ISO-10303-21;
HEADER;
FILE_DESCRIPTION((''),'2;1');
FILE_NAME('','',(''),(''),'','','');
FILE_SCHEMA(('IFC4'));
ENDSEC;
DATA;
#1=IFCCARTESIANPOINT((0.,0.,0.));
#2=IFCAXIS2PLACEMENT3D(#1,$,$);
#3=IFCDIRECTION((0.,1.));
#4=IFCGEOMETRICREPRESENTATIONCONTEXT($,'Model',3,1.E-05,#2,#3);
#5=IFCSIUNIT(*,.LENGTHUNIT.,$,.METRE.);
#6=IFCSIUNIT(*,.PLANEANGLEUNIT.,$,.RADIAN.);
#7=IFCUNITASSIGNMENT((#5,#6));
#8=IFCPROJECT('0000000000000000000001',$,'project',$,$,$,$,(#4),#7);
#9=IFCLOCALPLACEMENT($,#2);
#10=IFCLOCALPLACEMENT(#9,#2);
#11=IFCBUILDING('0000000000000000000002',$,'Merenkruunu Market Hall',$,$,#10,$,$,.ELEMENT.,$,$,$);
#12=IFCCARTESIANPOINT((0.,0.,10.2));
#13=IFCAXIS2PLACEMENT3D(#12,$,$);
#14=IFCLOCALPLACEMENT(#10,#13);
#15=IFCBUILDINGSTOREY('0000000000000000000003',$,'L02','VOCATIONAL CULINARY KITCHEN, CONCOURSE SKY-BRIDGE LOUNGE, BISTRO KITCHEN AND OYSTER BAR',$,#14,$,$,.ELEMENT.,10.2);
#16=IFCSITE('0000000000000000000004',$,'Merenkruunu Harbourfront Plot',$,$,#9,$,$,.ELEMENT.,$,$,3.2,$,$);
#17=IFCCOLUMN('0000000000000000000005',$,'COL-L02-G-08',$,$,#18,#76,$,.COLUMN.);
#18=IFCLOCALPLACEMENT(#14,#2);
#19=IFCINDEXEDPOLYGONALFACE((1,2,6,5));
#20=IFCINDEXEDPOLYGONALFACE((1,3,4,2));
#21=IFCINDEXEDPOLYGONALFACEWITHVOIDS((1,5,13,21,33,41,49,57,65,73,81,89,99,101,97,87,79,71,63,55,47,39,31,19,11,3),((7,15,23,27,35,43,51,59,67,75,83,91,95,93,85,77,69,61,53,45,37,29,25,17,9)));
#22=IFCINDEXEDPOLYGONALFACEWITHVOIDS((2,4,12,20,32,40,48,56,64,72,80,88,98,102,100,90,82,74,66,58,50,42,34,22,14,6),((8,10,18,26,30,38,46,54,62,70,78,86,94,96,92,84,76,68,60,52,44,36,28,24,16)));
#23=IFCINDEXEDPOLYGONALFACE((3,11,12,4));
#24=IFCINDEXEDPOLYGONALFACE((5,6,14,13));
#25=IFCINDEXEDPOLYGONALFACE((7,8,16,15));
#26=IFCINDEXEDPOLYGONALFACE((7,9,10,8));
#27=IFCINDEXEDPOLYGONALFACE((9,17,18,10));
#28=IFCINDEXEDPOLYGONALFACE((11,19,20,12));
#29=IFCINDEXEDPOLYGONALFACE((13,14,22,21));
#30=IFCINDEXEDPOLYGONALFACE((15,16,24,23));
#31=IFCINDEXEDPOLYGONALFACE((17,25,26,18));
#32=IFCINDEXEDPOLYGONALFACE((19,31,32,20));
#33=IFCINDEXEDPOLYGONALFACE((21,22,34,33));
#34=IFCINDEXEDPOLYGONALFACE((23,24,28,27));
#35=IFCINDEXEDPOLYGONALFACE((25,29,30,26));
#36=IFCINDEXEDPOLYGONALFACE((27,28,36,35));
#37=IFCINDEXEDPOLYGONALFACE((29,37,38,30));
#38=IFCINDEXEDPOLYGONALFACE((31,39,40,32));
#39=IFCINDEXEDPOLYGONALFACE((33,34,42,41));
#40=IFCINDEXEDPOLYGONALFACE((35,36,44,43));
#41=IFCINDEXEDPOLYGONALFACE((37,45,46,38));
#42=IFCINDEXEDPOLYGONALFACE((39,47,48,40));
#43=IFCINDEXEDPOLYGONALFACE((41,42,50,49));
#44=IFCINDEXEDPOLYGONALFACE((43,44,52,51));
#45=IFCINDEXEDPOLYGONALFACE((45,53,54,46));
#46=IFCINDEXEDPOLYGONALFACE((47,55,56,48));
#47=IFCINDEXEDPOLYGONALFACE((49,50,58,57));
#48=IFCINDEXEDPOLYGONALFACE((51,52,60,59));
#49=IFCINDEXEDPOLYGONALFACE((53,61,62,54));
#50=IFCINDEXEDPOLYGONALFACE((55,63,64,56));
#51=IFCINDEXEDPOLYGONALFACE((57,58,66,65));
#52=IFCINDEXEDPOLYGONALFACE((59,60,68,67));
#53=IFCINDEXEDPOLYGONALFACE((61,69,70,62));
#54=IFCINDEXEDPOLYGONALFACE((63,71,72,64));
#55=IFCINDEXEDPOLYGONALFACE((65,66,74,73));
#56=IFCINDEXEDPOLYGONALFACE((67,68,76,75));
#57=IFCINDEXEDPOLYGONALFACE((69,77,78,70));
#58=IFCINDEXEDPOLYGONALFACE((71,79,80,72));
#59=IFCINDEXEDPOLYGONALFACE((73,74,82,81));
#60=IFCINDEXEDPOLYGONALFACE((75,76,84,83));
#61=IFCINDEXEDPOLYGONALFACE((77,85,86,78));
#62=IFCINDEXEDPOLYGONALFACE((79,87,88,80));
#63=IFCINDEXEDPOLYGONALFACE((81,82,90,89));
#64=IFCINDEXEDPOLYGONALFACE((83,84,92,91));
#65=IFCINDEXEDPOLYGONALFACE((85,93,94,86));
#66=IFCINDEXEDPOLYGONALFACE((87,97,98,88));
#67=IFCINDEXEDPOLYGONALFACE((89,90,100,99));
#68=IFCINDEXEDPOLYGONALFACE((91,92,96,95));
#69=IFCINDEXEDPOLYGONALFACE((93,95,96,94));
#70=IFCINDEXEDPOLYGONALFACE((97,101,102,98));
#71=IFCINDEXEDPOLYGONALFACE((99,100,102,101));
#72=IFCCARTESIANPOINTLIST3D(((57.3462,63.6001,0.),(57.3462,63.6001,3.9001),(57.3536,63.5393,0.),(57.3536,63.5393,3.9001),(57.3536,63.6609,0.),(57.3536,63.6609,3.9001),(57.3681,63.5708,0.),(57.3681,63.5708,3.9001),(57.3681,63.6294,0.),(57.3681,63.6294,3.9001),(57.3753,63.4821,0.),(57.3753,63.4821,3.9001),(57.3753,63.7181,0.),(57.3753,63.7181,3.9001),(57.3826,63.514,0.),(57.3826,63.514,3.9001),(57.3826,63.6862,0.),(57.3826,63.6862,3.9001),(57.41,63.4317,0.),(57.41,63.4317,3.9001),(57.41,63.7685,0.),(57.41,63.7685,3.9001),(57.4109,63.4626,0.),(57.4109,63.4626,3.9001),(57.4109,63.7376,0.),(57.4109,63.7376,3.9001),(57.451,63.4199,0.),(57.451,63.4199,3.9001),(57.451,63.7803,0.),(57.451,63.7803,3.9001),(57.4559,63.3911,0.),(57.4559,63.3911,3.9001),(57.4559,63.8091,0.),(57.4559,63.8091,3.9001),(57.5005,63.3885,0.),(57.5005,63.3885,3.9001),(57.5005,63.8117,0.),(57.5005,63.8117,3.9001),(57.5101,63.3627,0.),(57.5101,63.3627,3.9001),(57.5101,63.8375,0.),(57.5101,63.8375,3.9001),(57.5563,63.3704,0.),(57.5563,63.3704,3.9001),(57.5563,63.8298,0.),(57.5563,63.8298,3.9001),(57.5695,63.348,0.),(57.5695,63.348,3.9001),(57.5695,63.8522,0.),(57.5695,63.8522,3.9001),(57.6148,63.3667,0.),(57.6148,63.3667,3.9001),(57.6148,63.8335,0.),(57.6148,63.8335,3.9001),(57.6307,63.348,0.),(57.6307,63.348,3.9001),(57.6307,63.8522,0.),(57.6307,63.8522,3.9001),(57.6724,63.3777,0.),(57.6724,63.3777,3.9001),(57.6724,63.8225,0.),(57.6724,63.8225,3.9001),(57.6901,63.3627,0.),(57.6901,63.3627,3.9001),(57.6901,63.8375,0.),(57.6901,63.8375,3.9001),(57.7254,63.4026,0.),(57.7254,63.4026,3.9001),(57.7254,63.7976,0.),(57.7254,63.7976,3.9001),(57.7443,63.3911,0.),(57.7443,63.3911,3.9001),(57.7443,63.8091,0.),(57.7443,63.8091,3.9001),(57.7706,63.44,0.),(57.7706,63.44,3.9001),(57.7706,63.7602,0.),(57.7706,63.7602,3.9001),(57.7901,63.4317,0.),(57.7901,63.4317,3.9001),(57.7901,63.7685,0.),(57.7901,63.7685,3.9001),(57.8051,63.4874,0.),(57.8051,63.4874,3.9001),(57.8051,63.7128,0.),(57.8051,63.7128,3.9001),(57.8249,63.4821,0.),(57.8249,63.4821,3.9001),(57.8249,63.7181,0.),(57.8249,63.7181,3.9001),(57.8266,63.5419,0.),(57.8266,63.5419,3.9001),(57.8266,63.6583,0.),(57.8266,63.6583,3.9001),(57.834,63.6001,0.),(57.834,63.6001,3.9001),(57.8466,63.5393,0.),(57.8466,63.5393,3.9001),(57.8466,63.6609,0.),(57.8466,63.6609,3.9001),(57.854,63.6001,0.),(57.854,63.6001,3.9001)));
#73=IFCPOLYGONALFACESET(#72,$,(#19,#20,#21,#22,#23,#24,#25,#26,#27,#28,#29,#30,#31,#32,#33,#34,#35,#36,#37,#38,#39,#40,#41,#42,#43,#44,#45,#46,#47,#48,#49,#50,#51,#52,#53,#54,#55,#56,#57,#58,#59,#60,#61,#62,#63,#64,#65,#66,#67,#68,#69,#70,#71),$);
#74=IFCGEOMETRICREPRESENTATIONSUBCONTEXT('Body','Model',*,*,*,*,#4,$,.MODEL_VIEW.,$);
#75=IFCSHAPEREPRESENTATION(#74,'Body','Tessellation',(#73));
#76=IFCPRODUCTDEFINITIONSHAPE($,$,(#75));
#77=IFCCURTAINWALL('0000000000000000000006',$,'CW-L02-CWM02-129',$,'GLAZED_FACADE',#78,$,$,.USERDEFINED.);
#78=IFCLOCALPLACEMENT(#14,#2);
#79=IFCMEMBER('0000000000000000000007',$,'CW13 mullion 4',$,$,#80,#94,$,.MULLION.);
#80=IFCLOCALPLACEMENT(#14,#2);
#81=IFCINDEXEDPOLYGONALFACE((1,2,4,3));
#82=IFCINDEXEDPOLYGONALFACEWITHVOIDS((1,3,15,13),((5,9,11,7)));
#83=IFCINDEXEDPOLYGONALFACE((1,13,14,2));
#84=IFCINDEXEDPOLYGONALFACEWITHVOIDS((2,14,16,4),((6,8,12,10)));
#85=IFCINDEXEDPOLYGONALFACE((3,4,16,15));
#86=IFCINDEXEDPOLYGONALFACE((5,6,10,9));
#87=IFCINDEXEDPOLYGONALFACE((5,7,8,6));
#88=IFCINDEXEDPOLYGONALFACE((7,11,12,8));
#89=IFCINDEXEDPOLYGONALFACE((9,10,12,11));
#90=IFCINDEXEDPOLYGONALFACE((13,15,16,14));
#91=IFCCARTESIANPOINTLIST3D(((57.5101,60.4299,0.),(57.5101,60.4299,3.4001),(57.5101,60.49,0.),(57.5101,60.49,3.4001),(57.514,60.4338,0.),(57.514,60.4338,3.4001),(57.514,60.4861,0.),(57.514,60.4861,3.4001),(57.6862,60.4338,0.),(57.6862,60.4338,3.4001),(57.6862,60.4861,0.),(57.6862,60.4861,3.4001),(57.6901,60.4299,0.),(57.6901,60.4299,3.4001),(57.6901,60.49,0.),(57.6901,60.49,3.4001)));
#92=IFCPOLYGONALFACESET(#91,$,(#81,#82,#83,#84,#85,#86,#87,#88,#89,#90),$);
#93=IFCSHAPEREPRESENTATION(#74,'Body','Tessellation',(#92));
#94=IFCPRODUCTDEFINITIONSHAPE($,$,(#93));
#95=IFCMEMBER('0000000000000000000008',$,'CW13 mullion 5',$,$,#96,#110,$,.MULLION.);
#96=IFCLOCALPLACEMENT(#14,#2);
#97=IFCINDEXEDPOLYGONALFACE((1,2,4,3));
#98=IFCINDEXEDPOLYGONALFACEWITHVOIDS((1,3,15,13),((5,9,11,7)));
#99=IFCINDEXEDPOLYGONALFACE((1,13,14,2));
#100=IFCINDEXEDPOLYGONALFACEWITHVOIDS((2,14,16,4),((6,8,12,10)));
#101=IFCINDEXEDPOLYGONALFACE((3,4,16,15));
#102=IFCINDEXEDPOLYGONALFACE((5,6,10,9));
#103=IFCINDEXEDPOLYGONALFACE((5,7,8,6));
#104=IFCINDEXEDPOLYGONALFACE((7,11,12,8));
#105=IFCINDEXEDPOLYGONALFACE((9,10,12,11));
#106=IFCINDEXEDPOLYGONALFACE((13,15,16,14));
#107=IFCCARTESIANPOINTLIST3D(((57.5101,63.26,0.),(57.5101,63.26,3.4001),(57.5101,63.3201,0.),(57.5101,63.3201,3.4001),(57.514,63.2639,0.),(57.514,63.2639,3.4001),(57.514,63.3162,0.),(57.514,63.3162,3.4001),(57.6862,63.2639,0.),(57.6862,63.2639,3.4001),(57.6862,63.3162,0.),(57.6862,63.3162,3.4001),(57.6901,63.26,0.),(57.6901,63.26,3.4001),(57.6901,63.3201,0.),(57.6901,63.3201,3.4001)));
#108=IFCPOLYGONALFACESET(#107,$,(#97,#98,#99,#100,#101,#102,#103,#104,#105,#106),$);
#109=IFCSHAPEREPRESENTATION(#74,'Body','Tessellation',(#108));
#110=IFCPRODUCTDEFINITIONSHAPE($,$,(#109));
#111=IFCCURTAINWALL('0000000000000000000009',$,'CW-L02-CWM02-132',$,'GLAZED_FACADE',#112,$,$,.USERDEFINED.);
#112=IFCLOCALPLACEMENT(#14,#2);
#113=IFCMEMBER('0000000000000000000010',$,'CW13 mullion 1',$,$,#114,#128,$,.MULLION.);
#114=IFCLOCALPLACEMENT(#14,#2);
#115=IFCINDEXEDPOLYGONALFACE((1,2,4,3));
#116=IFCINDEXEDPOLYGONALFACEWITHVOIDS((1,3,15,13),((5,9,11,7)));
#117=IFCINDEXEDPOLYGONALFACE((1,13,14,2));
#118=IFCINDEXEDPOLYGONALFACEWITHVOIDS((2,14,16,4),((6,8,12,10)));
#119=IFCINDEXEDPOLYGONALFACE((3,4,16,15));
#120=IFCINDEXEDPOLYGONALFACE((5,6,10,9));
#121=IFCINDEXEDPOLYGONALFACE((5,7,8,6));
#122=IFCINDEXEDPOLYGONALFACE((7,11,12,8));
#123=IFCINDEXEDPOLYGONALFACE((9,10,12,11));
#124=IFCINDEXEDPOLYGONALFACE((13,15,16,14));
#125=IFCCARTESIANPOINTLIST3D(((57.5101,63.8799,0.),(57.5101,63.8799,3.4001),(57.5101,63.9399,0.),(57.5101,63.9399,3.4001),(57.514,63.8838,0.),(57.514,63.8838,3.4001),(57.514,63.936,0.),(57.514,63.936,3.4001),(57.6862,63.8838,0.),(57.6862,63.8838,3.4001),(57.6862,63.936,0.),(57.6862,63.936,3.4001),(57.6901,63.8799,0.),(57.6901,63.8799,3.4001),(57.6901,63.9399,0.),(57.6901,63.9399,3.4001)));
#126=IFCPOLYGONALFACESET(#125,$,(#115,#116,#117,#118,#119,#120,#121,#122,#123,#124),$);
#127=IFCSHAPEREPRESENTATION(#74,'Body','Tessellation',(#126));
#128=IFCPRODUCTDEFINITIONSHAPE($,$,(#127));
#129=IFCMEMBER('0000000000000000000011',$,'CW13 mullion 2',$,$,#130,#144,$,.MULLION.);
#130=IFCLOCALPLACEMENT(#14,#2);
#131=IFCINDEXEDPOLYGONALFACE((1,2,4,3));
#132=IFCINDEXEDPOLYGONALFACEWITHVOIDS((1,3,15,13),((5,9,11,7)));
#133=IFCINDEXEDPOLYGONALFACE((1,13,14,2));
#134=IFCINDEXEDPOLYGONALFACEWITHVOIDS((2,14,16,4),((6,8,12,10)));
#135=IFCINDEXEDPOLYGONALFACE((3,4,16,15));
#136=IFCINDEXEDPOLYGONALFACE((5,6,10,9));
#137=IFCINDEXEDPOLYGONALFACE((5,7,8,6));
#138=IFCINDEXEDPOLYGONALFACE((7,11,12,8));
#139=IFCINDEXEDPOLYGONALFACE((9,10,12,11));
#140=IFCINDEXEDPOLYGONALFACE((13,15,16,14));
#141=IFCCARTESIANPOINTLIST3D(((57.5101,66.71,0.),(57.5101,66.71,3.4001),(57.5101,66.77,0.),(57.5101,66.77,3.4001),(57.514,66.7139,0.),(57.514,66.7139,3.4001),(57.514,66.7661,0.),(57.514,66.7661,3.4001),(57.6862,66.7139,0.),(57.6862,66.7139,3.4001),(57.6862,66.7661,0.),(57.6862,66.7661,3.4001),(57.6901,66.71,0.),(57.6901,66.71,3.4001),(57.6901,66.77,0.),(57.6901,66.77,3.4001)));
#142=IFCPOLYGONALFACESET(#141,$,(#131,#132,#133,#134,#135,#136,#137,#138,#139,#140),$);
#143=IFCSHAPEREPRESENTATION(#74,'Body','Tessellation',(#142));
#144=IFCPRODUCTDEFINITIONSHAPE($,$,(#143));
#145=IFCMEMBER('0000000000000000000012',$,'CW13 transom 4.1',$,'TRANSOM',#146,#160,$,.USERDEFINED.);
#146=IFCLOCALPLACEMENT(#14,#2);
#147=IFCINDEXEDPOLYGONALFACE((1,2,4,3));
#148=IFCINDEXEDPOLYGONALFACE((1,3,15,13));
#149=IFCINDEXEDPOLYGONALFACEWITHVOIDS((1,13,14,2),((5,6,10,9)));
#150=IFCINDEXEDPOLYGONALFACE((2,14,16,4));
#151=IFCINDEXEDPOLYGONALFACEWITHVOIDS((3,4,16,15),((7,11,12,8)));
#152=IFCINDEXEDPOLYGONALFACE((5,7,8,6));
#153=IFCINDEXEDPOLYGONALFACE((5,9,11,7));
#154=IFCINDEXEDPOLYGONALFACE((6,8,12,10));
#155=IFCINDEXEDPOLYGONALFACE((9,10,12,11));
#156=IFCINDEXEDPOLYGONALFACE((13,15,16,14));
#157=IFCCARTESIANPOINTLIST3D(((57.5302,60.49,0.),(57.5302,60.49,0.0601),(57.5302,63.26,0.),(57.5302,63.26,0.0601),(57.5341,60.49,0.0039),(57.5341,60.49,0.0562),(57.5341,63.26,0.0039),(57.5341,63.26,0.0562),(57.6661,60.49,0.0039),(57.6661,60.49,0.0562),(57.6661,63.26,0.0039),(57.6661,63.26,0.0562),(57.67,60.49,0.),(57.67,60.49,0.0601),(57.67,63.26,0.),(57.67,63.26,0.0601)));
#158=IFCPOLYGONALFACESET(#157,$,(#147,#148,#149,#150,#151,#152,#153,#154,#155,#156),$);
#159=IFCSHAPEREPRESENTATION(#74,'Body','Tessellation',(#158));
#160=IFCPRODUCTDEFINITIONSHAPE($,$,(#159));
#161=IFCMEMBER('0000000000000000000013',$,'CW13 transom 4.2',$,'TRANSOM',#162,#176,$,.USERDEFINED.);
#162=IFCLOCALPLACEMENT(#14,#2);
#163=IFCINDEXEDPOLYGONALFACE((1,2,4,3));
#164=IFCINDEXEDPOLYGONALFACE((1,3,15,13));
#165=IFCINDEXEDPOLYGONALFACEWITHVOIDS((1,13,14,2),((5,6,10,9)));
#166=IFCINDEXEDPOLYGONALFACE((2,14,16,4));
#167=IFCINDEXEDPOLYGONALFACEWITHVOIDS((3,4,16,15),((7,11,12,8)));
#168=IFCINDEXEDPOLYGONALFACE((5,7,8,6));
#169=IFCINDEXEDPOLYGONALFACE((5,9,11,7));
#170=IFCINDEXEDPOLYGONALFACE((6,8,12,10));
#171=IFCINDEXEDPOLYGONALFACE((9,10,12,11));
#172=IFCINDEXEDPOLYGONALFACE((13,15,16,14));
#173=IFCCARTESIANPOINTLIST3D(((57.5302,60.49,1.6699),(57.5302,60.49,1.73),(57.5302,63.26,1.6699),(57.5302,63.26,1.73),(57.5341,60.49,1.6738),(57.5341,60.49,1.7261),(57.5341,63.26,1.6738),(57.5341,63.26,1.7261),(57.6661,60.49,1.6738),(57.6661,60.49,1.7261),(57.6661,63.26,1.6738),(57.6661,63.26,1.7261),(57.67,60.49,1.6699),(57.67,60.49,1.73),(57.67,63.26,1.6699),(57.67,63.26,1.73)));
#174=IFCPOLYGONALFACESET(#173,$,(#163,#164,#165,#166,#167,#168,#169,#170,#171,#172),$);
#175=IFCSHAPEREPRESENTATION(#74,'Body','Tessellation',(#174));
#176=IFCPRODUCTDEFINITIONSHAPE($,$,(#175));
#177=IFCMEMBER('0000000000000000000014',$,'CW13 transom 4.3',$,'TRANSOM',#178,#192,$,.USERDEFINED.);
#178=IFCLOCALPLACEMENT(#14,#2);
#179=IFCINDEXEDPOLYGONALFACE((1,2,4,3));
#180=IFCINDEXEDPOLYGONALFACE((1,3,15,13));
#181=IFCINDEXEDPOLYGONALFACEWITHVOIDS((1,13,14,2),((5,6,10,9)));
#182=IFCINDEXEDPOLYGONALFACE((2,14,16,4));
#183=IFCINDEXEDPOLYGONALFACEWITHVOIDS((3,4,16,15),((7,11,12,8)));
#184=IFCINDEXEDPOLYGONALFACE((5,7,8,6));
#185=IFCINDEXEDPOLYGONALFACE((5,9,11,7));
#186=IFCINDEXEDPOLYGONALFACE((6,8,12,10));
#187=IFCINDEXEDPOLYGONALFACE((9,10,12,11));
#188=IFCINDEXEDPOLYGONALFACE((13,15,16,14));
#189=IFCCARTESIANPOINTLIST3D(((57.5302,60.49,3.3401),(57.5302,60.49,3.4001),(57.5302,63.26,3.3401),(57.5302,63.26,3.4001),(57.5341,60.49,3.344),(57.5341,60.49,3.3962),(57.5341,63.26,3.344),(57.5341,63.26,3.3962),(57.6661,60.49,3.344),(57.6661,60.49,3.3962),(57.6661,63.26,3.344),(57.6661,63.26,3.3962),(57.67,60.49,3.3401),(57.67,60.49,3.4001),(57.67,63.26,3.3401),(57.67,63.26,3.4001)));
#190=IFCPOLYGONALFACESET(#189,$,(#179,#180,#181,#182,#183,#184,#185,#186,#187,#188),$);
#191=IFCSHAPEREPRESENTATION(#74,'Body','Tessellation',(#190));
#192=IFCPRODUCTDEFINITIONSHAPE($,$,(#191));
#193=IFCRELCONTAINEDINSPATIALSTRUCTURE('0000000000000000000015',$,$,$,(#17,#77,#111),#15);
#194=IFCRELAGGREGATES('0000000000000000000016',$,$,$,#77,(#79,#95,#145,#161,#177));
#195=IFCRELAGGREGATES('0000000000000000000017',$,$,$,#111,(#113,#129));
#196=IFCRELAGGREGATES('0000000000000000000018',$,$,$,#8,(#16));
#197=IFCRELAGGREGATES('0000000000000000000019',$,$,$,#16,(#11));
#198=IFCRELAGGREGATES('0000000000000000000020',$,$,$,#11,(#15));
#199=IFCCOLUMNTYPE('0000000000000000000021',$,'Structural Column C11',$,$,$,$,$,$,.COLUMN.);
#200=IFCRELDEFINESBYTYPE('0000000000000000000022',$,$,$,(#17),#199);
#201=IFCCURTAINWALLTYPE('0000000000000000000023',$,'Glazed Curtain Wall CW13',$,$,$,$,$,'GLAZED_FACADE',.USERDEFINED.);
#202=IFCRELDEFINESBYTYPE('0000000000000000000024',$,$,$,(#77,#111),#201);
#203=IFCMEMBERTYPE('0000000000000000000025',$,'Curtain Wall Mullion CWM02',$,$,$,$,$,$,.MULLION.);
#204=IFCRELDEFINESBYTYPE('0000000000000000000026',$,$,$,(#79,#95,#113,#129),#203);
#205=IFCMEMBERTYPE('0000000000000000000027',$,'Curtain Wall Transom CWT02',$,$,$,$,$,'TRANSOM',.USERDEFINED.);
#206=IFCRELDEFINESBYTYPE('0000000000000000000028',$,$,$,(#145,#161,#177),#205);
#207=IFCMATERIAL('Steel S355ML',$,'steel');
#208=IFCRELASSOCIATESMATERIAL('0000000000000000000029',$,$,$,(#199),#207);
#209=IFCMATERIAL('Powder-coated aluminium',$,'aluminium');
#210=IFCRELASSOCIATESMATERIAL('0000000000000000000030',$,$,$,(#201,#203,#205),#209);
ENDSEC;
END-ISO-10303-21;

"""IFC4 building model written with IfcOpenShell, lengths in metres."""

from ifc_helpers import new_model, si_unit, direction, frame, origin, origin_2d, place, context, subcontext, project, spatial, hollow_rectangle, hollow_circle, extrude, material, material_profile, profile_set, type_object, element, aggregate, save


model = new_model("IFC4")

# Units and contexts
model_context = context("Model", 3, precision=1e-05, world=origin(), true_north=direction((0.0, 1.0)))
body_context = subcontext(model_context, "Body", "Model", "MODEL_VIEW")
ifc_project = project(units=[si_unit("LENGTHUNIT", "METRE"), si_unit("PLANEANGLEUNIT", "RADIAN")], contexts=[model_context])

# Site, building, storey
site_placement = place(None, origin())
site = spatial("IfcSite", under=ifc_project, at=site_placement, Name="Merenkruunu Harbourfront Plot", CompositionType="ELEMENT", RefElevation=3.2)
building_placement = place(site_placement, origin())
building = spatial("IfcBuilding", under=site, at=building_placement, Name="Merenkruunu Market Hall", CompositionType="ELEMENT")
storey_placement = place(building_placement, frame((0.0, 0.0, 10.2)))
storey = spatial("IfcBuildingStorey", under=building, at=storey_placement, Name="L02", Description="VOCATIONAL CULINARY KITCHEN, CONCOURSE SKY-BRIDGE LOUNGE, BISTRO KITCHEN AND OYSTER BAR", CompositionType="ELEMENT", Elevation=10.2)

# Column
ifc_material_1 = material(Name="Steel S355ML", Category="steel")
ifc_material_profile_1 = material_profile(ifc_material_1, hollow_circle(Radius=0.2539, WallThickness=0.02, at=origin_2d()), Name="CHS 508x20")
ifc_profile_set_1 = profile_set([ifc_material_profile_1], Name="Steel S355ML")
column_type = type_object("IfcColumnType", Name="Structural Column C11", PredefinedType="COLUMN", material=ifc_profile_set_1)
column_placement = place(storey_placement, frame((57.6001, 63.6001, 0.0), z_axis=(0.0, 0.0, 1.0), x_axis=(1.0, 0.0, 0.0)))
element("IfcColumn", 1, at=column_placement, inside=storey, type_object=column_type, Name="COL-L02-G-08", PredefinedType="COLUMN", context=body_context, shape_type="SweptSolid", body=[
    extrude(hollow_circle(Radius=0.2539, WallThickness=0.02, at=origin_2d()), origin(), (0.0, 0.0, 1.0), 3.9001),
])

# Curtain walls, members
ifc_material_2 = material(Name="Powder-coated aluminium", Category="aluminium")
curtain_wall_type = type_object("IfcCurtainWallType", Name="Glazed Curtain Wall CW13", ElementType="GLAZED_FACADE", PredefinedType="USERDEFINED", material=ifc_material_2)
curtain_wall_1_placement = place(storey_placement, origin())
curtain_wall_1 = element("IfcCurtainWall", 2, at=curtain_wall_1_placement, inside=storey, type_object=curtain_wall_type, Name="CW-L02-CWM02-129", ObjectType="GLAZED_FACADE", PredefinedType="USERDEFINED")
ifc_material_profile_2 = material_profile(ifc_material_2, hollow_rectangle(XDim=0.0601, YDim=0.1799, WallThickness=0.0039, at=origin_2d()), Name="ALU 60x180x4")
ifc_profile_set_2 = profile_set([ifc_material_profile_2], Name="Powder-coated aluminium")
member_type_1 = type_object("IfcMemberType", Name="Curtain Wall Mullion CWM02", PredefinedType="MULLION", material=ifc_profile_set_2)
member_1_placement = place(storey_placement, frame((57.6001, 60.46, 0.0), z_axis=(0.0, 0.0, 1.0), x_axis=(0.0, 1.0, 0.0)))
member_1 = element("IfcMember", 3, at=member_1_placement, type_object=member_type_1, Name="CW13 mullion 4", PredefinedType="MULLION", context=body_context, shape_type="SweptSolid", body=[
    extrude(hollow_rectangle(XDim=0.0601, YDim=0.1799, WallThickness=0.0039, at=origin_2d()), origin(), (0.0, 0.0, 1.0), 3.4001),
])
member_2_placement = place(storey_placement, frame((57.6001, 63.29, 0.0), z_axis=(0.0, 0.0, 1.0), x_axis=(0.0, 1.0, 0.0)))
member_2 = element("IfcMember", 4, at=member_2_placement, type_object=member_type_1, Name="CW13 mullion 5", PredefinedType="MULLION", context=body_context, shape_type="SweptSolid", body=[
    extrude(hollow_rectangle(XDim=0.0601, YDim=0.1799, WallThickness=0.0039, at=origin_2d()), origin(), (0.0, 0.0, 1.0), 3.4001),
])
curtain_wall_2_placement = place(storey_placement, origin())
curtain_wall_2 = element("IfcCurtainWall", 5, at=curtain_wall_2_placement, inside=storey, type_object=curtain_wall_type, Name="CW-L02-CWM02-132", ObjectType="GLAZED_FACADE", PredefinedType="USERDEFINED")
member_3_placement = place(storey_placement, frame((57.6001, 63.9099, 0.0), z_axis=(0.0, 0.0, 1.0), x_axis=(0.0, 1.0, 0.0)))
member_3 = element("IfcMember", 6, at=member_3_placement, type_object=member_type_1, Name="CW13 mullion 1", PredefinedType="MULLION", context=body_context, shape_type="SweptSolid", body=[
    extrude(hollow_rectangle(XDim=0.0601, YDim=0.1799, WallThickness=0.0039, at=origin_2d()), origin(), (0.0, 0.0, 1.0), 3.4001),
])
member_4_placement = place(storey_placement, frame((57.6001, 66.74, 0.0), z_axis=(0.0, 0.0, 1.0), x_axis=(0.0, 1.0, 0.0)))
member_4 = element("IfcMember", 7, at=member_4_placement, type_object=member_type_1, Name="CW13 mullion 2", PredefinedType="MULLION", context=body_context, shape_type="SweptSolid", body=[
    extrude(hollow_rectangle(XDim=0.0601, YDim=0.1799, WallThickness=0.0039, at=origin_2d()), origin(), (0.0, 0.0, 1.0), 3.4001),
])

# Members
ifc_material_profile_3 = material_profile(ifc_material_2, hollow_rectangle(XDim=0.0601, YDim=0.1399, WallThickness=0.0039, at=origin_2d()), Name="ALU 60x140x4")
ifc_profile_set_3 = profile_set([ifc_material_profile_3], Name="Powder-coated aluminium")
member_type_2 = type_object("IfcMemberType", Name="Curtain Wall Transom CWT02", ElementType="TRANSOM", PredefinedType="USERDEFINED", material=ifc_profile_set_3)
member_5_placement = place(storey_placement, frame((57.6001, 60.49, 0.03), z_axis=(0.0, 1.0, 0.0), x_axis=(0.0, 0.0, 1.0)))
member_5 = element("IfcMember", 8, at=member_5_placement, type_object=member_type_2, Name="CW13 transom 4.1", ObjectType="TRANSOM", PredefinedType="USERDEFINED", context=body_context, shape_type="SweptSolid", body=[
    extrude(hollow_rectangle(XDim=0.0601, YDim=0.1399, WallThickness=0.0039, at=origin_2d()), origin(), (0.0, 0.0, 1.0), 2.77),
])
member_6_placement = place(storey_placement, frame((57.6001, 60.49, 1.7), z_axis=(0.0, 1.0, 0.0), x_axis=(0.0, 0.0, 1.0)))
member_6 = element("IfcMember", 9, at=member_6_placement, type_object=member_type_2, Name="CW13 transom 4.2", ObjectType="TRANSOM", PredefinedType="USERDEFINED", context=body_context, shape_type="SweptSolid", body=[
    extrude(hollow_rectangle(XDim=0.0601, YDim=0.1399, WallThickness=0.0039, at=origin_2d()), origin(), (0.0, 0.0, 1.0), 2.77),
])
member_7_placement = place(storey_placement, frame((57.6001, 60.49, 3.3701), z_axis=(0.0, 1.0, 0.0), x_axis=(0.0, 0.0, 1.0)))
member_7 = element("IfcMember", 10, at=member_7_placement, type_object=member_type_2, Name="CW13 transom 4.3", ObjectType="TRANSOM", PredefinedType="USERDEFINED", context=body_context, shape_type="SweptSolid", body=[
    extrude(hollow_rectangle(XDim=0.0601, YDim=0.1399, WallThickness=0.0039, at=origin_2d()), origin(), (0.0, 0.0, 1.0), 2.77),
])

aggregate(curtain_wall_1, [member_1, member_2, member_5, member_6, member_7])
aggregate(curtain_wall_2, [member_3, member_4])

save(model, "model.ifc")
